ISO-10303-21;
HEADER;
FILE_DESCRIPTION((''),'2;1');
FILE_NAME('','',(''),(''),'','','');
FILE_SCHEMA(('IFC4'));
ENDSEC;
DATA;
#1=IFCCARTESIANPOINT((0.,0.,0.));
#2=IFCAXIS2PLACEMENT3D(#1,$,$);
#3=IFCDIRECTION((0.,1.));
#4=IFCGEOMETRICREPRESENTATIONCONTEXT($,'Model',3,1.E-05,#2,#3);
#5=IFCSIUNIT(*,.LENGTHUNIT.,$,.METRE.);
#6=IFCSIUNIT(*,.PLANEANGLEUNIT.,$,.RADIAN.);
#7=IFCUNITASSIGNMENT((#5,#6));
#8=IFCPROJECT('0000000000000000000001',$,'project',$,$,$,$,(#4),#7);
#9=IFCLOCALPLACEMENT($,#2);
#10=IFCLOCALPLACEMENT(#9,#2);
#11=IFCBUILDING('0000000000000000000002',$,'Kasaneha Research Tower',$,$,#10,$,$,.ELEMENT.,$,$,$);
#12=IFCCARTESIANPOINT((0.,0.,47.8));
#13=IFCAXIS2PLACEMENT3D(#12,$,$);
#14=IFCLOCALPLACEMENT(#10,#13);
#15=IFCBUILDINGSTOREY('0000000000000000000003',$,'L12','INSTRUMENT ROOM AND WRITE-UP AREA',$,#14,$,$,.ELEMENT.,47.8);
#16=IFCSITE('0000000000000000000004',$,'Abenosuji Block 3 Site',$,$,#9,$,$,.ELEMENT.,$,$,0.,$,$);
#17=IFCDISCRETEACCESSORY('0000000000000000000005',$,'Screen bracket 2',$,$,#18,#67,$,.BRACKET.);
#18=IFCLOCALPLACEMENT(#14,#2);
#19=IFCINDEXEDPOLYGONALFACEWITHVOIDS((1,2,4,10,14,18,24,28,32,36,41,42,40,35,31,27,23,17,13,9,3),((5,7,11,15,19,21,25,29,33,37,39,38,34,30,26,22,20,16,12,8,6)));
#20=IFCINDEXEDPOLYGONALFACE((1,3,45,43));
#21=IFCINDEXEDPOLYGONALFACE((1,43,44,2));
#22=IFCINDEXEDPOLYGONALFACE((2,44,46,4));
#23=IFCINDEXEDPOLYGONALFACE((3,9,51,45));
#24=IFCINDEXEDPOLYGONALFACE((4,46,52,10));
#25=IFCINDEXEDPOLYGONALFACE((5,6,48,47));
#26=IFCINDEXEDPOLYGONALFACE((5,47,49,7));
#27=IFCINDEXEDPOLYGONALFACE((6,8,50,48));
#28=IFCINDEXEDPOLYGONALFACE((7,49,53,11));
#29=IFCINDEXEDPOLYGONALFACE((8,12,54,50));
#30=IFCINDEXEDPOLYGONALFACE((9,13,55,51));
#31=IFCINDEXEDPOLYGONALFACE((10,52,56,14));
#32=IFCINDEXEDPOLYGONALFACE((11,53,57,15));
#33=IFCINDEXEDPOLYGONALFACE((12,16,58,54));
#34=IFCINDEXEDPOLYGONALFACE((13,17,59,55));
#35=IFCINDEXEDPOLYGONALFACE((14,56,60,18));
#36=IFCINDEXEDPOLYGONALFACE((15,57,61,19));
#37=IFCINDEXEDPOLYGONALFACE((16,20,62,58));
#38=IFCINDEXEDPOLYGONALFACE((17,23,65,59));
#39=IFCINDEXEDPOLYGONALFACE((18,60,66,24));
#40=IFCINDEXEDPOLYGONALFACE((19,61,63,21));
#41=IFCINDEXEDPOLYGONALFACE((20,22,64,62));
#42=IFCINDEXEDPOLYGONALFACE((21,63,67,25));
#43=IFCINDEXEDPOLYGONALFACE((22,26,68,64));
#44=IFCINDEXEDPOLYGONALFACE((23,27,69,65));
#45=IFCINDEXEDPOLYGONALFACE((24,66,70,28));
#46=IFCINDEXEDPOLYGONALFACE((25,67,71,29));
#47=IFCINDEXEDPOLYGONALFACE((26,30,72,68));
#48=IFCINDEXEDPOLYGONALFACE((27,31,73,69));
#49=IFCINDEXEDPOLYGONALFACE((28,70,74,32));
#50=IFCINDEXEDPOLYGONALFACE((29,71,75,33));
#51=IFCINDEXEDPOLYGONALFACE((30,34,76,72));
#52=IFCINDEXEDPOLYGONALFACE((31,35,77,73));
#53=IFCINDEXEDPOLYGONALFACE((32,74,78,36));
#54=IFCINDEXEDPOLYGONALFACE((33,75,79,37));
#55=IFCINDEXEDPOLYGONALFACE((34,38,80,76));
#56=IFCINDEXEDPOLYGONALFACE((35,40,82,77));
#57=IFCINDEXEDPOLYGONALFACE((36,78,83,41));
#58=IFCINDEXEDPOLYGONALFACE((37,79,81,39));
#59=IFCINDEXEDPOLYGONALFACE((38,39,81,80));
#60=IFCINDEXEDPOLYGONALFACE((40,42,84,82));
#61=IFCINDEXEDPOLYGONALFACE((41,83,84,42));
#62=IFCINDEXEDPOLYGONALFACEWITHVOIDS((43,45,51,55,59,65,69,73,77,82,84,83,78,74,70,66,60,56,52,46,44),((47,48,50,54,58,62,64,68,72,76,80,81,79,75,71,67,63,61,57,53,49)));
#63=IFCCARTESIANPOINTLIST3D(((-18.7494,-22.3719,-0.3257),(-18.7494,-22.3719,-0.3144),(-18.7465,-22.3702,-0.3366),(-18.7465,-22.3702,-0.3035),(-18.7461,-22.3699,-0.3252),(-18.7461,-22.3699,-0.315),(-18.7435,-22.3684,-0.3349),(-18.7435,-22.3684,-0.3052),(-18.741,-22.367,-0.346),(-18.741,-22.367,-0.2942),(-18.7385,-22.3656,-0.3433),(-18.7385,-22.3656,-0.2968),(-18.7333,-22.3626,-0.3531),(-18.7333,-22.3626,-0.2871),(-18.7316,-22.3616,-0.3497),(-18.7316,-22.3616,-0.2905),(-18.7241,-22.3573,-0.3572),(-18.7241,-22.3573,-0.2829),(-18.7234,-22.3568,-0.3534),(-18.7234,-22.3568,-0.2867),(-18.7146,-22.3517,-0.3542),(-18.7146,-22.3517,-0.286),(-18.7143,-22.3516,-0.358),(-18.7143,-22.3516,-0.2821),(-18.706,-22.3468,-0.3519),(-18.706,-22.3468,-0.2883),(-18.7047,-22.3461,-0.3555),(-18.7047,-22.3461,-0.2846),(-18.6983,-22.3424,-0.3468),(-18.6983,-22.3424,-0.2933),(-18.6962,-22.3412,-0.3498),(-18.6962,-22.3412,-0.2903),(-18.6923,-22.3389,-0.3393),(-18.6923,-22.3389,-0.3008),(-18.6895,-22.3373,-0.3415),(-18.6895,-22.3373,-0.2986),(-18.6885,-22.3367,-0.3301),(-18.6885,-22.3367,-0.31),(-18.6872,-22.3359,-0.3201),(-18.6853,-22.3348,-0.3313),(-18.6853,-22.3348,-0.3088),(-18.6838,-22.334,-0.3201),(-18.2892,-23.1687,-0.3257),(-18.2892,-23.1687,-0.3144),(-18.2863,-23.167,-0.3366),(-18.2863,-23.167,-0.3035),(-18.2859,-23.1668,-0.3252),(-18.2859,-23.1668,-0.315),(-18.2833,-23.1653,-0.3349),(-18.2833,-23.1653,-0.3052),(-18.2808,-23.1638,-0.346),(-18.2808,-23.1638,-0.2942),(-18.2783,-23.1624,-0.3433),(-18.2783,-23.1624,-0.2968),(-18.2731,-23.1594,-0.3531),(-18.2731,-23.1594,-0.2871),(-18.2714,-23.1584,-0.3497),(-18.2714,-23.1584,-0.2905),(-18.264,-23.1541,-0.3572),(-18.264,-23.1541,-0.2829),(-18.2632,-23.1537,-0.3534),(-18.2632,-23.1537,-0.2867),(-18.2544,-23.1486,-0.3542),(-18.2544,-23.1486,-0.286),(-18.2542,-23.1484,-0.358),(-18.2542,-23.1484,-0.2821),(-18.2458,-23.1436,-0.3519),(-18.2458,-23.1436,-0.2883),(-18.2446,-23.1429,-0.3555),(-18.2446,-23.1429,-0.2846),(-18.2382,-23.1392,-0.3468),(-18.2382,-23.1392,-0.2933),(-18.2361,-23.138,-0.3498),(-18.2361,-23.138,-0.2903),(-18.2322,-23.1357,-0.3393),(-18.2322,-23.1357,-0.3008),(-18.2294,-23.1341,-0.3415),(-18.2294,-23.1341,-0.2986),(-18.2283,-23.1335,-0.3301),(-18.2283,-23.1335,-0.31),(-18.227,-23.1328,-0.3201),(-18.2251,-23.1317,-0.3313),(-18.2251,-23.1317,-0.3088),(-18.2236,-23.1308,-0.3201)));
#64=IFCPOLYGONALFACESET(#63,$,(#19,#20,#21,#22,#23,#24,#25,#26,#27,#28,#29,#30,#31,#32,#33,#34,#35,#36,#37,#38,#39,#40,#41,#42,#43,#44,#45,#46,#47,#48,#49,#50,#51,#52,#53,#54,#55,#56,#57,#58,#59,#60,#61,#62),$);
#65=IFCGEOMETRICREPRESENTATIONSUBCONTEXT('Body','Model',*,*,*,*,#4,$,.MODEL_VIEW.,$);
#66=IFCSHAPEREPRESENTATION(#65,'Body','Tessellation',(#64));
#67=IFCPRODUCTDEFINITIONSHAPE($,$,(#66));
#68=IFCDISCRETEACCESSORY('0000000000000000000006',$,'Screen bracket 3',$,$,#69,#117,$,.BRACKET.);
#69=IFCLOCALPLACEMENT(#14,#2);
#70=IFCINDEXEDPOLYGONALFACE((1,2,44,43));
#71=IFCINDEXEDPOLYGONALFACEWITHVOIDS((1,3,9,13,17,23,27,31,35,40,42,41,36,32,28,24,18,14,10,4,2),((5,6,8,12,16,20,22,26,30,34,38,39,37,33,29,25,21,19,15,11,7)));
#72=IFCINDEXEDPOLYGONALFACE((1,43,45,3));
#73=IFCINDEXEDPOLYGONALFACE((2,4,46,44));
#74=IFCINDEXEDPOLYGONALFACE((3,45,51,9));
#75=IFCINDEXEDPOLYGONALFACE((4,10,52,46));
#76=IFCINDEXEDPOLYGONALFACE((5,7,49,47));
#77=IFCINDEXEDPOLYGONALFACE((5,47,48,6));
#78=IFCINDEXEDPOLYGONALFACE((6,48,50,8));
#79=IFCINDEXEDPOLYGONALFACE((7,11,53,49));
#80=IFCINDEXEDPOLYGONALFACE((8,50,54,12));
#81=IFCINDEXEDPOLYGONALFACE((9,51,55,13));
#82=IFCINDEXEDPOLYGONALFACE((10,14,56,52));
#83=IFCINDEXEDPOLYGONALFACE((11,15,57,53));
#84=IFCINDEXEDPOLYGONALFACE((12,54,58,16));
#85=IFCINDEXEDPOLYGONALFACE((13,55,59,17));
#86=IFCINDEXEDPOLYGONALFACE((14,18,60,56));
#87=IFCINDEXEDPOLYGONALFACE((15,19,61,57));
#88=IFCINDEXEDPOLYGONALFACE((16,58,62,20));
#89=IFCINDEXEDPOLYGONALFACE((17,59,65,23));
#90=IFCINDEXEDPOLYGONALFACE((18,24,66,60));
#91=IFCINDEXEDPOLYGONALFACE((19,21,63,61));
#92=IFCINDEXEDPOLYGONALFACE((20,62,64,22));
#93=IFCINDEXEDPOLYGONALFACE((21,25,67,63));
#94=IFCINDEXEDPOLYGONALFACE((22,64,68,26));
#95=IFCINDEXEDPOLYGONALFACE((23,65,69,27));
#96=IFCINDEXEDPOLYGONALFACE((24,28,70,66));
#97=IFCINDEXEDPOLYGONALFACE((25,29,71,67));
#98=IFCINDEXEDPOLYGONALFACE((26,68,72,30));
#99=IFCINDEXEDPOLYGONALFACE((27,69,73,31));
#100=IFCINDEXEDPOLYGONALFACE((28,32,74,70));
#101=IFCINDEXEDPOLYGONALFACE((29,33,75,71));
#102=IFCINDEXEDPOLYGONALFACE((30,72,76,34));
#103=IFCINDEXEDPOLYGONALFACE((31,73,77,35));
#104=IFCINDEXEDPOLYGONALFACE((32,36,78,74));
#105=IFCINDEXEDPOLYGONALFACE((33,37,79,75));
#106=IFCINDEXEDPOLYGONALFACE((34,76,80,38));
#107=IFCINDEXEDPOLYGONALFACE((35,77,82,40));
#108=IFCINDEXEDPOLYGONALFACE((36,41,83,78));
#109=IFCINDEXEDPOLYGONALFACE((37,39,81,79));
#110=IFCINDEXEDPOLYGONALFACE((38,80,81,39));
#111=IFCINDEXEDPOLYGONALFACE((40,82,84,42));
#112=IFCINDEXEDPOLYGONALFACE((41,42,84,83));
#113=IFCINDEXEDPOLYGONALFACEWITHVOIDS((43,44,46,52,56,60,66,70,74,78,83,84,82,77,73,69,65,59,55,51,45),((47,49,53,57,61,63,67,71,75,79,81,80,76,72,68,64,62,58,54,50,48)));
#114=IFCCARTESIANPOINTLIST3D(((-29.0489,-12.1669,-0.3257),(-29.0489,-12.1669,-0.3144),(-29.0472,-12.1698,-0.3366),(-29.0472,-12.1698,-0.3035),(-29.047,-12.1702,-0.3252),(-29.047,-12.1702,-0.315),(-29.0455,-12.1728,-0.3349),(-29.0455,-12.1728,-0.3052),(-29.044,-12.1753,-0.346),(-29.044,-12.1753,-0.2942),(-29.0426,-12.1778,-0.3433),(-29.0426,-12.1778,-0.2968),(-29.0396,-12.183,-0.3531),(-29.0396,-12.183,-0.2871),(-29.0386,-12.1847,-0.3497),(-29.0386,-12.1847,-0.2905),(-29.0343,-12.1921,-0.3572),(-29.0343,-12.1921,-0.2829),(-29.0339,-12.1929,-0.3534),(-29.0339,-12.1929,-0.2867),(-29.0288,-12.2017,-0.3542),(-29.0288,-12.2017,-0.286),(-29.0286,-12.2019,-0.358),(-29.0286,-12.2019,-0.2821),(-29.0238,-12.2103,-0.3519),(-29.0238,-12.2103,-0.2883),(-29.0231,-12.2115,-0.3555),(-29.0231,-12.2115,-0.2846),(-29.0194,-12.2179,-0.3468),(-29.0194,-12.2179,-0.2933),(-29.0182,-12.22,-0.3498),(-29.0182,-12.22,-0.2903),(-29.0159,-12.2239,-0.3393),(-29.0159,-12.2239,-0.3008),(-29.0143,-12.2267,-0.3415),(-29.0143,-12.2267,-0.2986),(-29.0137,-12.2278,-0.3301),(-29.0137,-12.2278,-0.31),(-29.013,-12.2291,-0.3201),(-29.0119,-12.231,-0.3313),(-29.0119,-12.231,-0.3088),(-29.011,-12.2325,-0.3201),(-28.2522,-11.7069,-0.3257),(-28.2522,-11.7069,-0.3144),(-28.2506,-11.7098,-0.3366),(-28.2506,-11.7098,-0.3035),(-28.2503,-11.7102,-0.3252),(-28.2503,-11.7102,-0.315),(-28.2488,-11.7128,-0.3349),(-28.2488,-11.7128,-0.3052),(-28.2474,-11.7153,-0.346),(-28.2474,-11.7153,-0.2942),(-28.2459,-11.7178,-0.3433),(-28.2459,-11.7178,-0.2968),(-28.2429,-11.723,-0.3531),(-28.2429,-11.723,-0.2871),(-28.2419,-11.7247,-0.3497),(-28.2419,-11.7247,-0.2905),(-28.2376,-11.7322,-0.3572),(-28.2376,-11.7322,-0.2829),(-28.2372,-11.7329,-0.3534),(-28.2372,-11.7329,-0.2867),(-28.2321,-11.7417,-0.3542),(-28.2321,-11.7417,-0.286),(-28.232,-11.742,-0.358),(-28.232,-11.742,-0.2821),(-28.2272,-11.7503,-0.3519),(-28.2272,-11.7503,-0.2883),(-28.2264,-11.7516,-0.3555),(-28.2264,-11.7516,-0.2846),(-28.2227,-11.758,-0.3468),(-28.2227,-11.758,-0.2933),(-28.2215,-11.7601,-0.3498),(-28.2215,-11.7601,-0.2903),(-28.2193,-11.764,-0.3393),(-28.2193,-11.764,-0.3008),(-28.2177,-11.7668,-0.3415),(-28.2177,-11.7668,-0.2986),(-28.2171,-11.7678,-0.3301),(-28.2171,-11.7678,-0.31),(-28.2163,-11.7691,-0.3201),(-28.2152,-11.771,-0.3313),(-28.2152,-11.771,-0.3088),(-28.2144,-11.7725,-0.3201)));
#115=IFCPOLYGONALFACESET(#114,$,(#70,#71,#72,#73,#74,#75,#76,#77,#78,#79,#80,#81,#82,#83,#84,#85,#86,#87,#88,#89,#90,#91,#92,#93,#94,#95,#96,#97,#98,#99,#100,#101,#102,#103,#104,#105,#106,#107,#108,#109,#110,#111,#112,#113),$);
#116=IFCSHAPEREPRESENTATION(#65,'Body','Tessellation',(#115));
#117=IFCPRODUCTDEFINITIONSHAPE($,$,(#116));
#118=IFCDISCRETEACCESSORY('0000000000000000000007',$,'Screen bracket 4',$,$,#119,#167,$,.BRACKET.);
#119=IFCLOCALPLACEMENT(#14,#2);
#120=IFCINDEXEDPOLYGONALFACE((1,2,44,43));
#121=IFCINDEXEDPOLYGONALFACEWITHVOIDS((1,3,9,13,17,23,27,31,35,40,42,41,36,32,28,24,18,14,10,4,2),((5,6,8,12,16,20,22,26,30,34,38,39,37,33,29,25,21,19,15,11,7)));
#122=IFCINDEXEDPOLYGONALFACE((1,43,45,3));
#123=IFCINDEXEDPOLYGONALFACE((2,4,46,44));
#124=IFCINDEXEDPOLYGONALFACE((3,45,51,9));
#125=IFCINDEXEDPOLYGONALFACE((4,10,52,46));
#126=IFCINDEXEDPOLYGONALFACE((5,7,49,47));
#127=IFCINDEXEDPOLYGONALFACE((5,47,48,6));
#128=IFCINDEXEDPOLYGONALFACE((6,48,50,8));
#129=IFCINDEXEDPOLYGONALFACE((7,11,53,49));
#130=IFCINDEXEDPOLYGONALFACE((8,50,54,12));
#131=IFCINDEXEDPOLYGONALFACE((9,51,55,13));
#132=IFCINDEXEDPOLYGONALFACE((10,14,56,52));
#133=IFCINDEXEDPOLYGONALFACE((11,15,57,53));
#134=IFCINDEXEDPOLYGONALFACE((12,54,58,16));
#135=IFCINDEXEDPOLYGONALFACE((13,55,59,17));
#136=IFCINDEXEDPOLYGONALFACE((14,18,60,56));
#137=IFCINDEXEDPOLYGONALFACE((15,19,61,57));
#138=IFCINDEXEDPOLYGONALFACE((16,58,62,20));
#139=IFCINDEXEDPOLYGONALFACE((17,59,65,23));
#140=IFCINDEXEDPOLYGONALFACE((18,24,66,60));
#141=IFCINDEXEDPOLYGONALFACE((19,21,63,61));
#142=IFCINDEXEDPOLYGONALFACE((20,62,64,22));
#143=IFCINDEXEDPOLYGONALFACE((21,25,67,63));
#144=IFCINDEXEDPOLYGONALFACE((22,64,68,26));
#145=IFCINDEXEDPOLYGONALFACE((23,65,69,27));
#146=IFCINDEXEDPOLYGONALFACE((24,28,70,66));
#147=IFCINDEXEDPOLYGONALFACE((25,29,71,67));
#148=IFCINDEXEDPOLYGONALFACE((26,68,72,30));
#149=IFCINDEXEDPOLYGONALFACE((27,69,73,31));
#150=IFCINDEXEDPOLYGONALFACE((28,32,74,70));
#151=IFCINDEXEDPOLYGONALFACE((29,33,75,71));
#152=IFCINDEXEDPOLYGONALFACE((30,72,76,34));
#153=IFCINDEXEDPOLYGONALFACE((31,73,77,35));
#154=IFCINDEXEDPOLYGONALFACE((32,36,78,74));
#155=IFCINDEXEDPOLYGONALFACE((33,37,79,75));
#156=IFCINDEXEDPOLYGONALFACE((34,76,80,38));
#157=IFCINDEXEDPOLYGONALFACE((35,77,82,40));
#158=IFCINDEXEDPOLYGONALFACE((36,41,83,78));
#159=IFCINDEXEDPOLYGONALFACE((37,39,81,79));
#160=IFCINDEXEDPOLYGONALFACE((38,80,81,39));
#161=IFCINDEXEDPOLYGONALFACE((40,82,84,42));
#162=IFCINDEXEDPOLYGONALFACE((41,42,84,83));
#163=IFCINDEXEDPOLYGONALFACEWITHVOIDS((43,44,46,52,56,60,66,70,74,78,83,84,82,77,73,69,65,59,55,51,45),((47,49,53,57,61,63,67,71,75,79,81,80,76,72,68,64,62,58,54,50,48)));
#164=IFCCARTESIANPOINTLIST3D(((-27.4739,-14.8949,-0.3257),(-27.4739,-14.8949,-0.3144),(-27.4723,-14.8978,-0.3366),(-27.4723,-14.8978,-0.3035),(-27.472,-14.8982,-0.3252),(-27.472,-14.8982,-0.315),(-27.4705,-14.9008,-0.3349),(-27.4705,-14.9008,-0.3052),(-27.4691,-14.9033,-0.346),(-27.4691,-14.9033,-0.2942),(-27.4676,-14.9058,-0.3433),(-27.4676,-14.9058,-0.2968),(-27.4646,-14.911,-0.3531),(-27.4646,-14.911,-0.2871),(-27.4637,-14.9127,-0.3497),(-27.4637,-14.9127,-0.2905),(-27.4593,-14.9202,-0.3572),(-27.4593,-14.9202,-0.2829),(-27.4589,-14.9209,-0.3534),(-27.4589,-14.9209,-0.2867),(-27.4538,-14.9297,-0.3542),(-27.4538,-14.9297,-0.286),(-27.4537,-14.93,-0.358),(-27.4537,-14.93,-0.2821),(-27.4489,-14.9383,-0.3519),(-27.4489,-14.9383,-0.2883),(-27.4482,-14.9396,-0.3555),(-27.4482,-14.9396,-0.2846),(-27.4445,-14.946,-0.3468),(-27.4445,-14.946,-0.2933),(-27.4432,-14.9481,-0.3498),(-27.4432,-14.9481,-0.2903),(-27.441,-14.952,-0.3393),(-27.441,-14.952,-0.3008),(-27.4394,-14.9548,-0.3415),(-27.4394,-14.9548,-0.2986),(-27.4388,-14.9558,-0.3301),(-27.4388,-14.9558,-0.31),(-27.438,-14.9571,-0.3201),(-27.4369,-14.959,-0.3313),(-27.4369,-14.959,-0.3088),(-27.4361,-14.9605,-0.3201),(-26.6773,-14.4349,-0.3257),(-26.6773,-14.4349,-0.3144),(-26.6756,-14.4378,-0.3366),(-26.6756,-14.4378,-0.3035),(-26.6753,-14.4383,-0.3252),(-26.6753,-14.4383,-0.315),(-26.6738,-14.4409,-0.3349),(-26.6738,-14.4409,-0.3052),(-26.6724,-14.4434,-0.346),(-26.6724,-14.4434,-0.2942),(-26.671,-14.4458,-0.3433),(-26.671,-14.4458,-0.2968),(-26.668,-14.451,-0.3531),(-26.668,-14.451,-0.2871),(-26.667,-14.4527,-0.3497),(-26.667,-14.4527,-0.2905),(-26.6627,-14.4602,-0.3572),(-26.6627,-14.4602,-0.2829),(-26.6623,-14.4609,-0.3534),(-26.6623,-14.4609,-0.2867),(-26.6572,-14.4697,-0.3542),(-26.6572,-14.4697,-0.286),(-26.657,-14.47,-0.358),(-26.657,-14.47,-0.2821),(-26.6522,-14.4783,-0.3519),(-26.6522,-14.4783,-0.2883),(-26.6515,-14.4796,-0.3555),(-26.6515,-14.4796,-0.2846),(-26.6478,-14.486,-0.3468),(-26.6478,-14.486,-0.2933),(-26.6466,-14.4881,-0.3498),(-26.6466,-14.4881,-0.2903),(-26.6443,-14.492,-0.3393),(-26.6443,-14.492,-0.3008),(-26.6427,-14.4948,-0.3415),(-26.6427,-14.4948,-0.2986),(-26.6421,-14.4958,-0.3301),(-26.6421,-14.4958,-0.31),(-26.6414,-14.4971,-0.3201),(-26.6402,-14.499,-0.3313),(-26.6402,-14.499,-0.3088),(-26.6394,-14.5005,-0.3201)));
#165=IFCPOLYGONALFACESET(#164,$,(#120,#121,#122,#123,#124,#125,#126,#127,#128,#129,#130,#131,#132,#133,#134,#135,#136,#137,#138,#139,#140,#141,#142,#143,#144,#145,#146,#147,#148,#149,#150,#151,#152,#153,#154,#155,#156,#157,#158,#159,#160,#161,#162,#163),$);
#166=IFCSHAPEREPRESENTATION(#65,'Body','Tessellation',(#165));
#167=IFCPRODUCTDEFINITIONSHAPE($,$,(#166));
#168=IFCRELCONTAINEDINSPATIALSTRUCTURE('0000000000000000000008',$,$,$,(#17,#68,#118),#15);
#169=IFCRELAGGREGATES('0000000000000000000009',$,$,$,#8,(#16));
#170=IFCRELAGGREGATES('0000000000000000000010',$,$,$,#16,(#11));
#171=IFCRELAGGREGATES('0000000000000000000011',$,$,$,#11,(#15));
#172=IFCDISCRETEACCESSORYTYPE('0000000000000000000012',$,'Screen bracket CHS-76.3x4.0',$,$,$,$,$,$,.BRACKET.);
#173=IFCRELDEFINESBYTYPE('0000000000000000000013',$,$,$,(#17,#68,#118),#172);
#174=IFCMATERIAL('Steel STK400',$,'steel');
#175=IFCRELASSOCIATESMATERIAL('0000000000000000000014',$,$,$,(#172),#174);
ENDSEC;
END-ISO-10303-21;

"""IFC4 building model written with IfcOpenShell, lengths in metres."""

from ifc_helpers import new_model, si_unit, direction, frame, origin, origin_2d, place, context, subcontext, project, spatial, hollow_circle, extrude, material, material_profile, profile_set, type_object, element, save


model = new_model("IFC4")

# Units and contexts
model_context = context("Model", 3, precision=1e-05, world=origin(), true_north=direction((0.0, 1.0)))
body_context = subcontext(model_context, "Body", "Model", "MODEL_VIEW")
ifc_project = project(units=[si_unit("LENGTHUNIT", "METRE"), si_unit("PLANEANGLEUNIT", "RADIAN")], contexts=[model_context])

# Site, building, storey
site_placement = place(None, origin())
site = spatial("IfcSite", under=ifc_project, at=site_placement, Name="Abenosuji Block 3 Site", CompositionType="ELEMENT", RefElevation=0.0)
building_placement = place(site_placement, origin())
building = spatial("IfcBuilding", under=site, at=building_placement, Name="Kasaneha Research Tower", CompositionType="ELEMENT")
storey_placement = place(building_placement, frame((0.0, 0.0, 47.8)))
storey = spatial("IfcBuildingStorey", under=building, at=storey_placement, Name="L12", Description="INSTRUMENT ROOM AND WRITE-UP AREA", CompositionType="ELEMENT", Elevation=47.8)

# Discrete accessories
ifc_material_1 = material(Name="Steel STK400", Category="steel")
ifc_material_profile_1 = material_profile(ifc_material_1, hollow_circle(Radius=0.0381, WallThickness=0.0039, at=origin_2d()), Name="CHS-76.3x4.0")
ifc_profile_set_1 = profile_set([ifc_material_profile_1], Name="Steel STK400")
discrete_accessory_type = type_object("IfcDiscreteAccessoryType", Name="Screen bracket CHS-76.3x4.0", PredefinedType="BRACKET", material=ifc_profile_set_1)
discrete_accessory_1_placement = place(storey_placement, frame((-18.7168, -22.353, -0.3201), z_axis=(0.500105, -0.865965, 0.0), x_axis=(0.865965, 0.500105, 0.0)))
element("IfcDiscreteAccessory", 1, at=discrete_accessory_1_placement, inside=storey, type_object=discrete_accessory_type, Name="Screen bracket 2", PredefinedType="BRACKET", context=body_context, shape_type="SweptSolid", body=[
    extrude(hollow_circle(Radius=0.0381, WallThickness=0.0039, at=origin_2d()), origin(), (0.0, 0.0, 1.0), 0.9202),
])
for number, where, z_axis, x_axis, name in (
    (2, (-28.2334, -11.7395, -0.3201), (-0.866013, -0.500021, 0.0), (0.500021, -0.866013, 0.0), "Screen bracket 3"),
    (3, (-26.6584, -14.4675, -0.3201), (-0.866013, -0.500021, 0.0), (0.500021, -0.866013, 0.0), "Screen bracket 4"),
):
    element("IfcDiscreteAccessory", number, at=place(storey_placement, frame(where, z_axis=z_axis, x_axis=x_axis)), inside=storey, type_object=discrete_accessory_type, Name=name, PredefinedType="BRACKET", context=body_context, shape_type="SweptSolid", body=[
        extrude(hollow_circle(Radius=0.0381, WallThickness=0.0039, at=origin_2d()), origin(), (0.0, 0.0, 1.0), 0.9199),
    ])

save(model, "model.ifc")
